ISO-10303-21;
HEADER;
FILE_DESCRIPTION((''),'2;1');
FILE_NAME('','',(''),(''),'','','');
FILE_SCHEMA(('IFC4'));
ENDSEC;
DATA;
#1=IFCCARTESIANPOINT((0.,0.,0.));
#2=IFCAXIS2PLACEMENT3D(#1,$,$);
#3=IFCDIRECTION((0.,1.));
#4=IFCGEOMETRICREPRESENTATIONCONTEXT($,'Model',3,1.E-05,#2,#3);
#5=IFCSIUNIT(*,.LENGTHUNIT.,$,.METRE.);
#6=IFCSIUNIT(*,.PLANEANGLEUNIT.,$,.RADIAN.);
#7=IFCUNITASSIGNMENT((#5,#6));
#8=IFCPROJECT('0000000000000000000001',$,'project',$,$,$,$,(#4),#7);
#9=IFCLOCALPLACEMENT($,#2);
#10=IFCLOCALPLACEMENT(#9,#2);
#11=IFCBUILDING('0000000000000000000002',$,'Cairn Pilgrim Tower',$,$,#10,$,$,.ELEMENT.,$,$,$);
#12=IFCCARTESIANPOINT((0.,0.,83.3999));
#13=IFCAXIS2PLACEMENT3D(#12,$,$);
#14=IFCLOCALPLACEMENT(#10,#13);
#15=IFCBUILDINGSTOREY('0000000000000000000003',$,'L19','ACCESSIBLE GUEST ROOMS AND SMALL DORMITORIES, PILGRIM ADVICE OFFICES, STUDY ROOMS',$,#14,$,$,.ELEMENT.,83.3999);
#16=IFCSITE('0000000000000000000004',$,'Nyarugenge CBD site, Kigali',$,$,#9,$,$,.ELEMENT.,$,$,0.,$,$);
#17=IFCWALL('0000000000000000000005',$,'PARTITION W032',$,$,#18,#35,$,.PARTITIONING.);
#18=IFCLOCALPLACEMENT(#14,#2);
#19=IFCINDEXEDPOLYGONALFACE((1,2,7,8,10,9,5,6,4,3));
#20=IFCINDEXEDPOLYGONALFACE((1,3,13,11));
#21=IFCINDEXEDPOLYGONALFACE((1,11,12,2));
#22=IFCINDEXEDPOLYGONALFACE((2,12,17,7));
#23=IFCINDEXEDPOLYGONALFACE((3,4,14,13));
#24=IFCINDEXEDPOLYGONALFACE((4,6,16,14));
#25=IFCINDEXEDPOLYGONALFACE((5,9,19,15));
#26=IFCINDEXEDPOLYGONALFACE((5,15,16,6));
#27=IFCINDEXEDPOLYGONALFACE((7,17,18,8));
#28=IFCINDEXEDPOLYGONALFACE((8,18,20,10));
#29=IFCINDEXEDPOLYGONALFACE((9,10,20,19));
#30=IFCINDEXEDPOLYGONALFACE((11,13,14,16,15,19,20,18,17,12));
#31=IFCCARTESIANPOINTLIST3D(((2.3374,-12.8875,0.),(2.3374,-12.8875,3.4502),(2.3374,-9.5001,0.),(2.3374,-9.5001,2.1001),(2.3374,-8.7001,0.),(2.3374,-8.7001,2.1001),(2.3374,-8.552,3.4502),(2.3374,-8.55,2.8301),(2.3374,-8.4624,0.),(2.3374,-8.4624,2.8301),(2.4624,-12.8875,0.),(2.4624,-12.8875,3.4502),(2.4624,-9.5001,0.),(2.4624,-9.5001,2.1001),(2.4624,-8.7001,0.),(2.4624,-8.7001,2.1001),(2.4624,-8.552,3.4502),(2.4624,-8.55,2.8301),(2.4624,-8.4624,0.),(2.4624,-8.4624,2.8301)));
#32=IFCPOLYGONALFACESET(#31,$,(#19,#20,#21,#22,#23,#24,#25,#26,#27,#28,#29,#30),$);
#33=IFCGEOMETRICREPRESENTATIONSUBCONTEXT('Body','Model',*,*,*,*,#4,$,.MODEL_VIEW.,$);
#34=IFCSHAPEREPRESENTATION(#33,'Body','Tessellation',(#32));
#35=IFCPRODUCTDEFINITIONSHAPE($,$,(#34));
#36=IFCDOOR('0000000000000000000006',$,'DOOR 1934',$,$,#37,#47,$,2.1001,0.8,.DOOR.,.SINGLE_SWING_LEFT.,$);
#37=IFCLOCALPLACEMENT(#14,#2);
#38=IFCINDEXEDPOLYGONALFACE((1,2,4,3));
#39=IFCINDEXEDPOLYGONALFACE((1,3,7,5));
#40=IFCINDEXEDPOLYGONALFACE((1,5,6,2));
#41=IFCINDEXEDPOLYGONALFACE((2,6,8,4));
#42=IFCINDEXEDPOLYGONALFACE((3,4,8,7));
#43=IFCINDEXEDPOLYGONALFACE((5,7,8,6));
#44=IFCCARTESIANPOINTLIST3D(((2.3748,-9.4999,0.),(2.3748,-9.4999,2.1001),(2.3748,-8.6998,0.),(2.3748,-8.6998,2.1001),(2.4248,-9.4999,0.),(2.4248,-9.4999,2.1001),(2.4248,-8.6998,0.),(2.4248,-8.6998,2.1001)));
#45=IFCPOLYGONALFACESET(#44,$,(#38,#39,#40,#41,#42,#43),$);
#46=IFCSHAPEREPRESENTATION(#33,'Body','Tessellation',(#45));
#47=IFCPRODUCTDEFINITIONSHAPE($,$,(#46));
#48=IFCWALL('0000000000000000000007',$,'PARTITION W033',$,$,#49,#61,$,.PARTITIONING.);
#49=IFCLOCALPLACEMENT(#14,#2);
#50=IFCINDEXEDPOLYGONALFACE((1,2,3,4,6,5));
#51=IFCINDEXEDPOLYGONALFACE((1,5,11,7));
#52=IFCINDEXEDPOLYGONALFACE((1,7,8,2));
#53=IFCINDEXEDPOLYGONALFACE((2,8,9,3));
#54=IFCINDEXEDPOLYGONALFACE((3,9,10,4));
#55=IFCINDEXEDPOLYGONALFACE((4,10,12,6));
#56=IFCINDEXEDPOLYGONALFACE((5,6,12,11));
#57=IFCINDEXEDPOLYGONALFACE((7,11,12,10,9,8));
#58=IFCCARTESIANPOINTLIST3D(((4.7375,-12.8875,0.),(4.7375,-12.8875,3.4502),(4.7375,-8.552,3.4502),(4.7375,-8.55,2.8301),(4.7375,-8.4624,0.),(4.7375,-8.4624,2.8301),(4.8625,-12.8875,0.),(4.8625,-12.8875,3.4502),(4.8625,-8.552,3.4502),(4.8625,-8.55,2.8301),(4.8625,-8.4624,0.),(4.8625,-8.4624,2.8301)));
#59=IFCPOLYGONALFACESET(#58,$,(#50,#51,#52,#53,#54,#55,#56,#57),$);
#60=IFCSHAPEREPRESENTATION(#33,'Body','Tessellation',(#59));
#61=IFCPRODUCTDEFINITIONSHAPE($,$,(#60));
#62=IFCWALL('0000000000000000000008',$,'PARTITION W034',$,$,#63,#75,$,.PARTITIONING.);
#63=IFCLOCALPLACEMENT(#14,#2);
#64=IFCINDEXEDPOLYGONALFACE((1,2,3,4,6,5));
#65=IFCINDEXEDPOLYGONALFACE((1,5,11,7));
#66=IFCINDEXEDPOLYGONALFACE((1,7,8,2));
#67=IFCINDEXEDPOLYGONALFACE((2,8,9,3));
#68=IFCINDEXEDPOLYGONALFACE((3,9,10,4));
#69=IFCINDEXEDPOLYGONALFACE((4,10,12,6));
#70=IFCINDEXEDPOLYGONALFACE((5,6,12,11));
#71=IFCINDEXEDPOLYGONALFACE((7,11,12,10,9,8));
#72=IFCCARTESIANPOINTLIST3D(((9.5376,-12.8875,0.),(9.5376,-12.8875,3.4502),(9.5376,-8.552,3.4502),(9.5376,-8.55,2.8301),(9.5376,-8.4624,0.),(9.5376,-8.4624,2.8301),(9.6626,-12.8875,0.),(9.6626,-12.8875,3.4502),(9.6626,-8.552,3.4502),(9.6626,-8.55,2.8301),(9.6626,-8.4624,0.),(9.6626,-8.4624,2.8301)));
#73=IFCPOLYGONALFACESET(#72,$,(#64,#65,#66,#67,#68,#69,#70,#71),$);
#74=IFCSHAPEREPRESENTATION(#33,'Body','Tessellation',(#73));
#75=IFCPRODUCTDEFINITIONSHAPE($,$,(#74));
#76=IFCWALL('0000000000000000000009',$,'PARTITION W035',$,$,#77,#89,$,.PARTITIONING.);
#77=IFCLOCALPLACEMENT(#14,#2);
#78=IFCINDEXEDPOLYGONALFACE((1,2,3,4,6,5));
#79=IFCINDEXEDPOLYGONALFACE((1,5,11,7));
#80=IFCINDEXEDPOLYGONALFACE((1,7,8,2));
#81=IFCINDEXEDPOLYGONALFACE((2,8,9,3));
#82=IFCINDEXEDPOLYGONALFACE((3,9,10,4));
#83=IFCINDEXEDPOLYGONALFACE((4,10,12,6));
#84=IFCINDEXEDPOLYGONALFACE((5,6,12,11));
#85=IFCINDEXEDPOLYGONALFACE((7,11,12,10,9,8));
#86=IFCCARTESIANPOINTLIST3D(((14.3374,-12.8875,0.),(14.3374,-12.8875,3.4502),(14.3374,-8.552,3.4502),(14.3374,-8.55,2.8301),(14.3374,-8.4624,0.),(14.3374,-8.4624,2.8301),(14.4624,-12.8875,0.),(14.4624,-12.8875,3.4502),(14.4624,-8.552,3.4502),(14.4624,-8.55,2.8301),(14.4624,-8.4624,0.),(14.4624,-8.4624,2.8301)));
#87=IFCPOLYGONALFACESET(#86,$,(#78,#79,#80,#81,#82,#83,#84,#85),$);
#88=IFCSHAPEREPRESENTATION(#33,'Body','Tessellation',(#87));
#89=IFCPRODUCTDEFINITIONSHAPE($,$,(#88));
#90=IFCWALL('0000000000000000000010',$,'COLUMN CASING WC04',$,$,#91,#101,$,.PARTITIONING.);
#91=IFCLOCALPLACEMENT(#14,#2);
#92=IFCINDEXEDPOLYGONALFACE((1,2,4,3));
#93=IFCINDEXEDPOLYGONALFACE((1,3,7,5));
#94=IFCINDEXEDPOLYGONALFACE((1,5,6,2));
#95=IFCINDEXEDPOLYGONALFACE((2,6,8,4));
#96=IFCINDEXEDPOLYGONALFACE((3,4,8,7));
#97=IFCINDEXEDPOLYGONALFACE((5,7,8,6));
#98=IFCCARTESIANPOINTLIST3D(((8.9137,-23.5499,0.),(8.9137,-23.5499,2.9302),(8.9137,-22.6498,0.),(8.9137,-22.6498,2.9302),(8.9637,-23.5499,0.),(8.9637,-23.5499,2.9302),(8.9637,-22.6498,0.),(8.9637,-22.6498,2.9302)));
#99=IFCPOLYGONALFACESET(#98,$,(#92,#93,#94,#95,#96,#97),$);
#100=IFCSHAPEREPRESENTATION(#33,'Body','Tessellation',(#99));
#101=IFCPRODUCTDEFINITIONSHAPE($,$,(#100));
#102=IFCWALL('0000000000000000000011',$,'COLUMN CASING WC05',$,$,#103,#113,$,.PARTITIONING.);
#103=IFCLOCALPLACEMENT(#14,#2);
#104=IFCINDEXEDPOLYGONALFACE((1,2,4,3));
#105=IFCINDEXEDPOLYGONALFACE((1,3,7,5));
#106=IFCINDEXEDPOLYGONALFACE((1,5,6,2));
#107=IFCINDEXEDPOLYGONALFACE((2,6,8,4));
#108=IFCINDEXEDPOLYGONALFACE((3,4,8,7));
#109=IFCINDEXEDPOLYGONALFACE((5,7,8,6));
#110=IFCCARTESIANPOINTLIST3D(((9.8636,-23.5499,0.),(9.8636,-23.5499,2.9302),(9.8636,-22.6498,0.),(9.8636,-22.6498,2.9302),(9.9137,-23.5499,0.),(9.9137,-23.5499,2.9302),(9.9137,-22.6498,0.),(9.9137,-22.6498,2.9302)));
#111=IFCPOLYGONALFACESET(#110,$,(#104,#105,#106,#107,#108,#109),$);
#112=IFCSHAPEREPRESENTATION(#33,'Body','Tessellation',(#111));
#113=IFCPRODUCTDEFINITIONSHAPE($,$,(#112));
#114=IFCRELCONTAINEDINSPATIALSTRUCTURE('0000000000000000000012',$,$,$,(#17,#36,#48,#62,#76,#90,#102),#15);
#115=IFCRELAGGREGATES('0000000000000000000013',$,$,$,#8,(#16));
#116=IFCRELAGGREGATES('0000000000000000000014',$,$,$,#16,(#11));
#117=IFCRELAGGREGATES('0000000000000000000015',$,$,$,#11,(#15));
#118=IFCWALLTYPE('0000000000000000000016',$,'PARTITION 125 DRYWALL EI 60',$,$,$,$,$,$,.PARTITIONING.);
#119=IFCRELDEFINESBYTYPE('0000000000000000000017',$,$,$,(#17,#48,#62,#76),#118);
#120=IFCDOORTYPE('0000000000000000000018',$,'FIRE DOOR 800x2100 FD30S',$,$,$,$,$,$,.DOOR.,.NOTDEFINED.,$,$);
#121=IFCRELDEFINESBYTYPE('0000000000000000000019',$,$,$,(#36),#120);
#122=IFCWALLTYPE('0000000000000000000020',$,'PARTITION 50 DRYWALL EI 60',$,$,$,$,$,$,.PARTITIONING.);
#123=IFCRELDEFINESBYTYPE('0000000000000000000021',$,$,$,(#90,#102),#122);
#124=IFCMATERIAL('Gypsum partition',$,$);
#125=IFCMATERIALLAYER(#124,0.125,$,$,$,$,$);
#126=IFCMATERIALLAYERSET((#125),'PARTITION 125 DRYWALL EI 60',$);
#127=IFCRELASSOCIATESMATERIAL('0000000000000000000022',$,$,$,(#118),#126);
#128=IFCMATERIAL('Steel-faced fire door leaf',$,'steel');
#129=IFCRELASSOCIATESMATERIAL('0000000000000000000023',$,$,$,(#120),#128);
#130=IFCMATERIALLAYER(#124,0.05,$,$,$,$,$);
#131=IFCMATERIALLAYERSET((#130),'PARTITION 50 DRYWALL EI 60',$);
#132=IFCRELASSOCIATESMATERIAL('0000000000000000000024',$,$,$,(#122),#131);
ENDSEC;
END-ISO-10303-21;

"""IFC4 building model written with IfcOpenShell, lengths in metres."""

from ifc_helpers import new_model, si_unit, direction, frame, frame_2d, origin, place, context, subcontext, project, spatial, polyline, rectangle, outline, extrude, material, layer, layer_set, type_object, element, fill, save


model = new_model("IFC4")

# Units and contexts
model_context = context("Model", 3, precision=1e-05, world=origin(), true_north=direction((0.0, 1.0)))
body_context = subcontext(model_context, "Body", "Model", "MODEL_VIEW")
ifc_project = project(units=[si_unit("LENGTHUNIT", "METRE"), si_unit("PLANEANGLEUNIT", "RADIAN")], contexts=[model_context])

# Site, building, storey
site_placement = place(None, origin())
site = spatial("IfcSite", under=ifc_project, at=site_placement, Name="Nyarugenge CBD site, Kigali", CompositionType="ELEMENT", RefElevation=0.0)
building_placement = place(site_placement, origin())
building = spatial("IfcBuilding", under=site, at=building_placement, Name="Cairn Pilgrim Tower", CompositionType="ELEMENT")
storey_placement = place(building_placement, frame((0.0, 0.0, 83.3999)))
storey = spatial("IfcBuildingStorey", under=building, at=storey_placement, Name="L19", Description="ACCESSIBLE GUEST ROOMS AND SMALL DORMITORIES, PILGRIM ADVICE OFFICES, STUDY ROOMS", CompositionType="ELEMENT", Elevation=83.3999)

# Shared definitions
ifc_material_1 = material(Name="Gypsum partition")

# Shared definitions
ifc_layer_1 = layer(ifc_material_1, 0.125)
ifc_layer_set_1 = layer_set([ifc_layer_1], Name="PARTITION 125 DRYWALL EI 60")
wall_type_1 = type_object("IfcWallType", Name="PARTITION 125 DRYWALL EI 60", PredefinedType="PARTITIONING", material=ifc_layer_set_1)

# Wall, opening, door
wall_1_placement = place(storey_placement, frame((2.3999, -12.8875, 0.0), z_axis=(0.0, 0.0, 1.0), x_axis=(0.0, 1.0, 0.0)))
wall_1 = element("IfcWall", 1, at=wall_1_placement, inside=storey, type_object=wall_type_1, Name="PARTITION W032", PredefinedType="PARTITIONING", context=body_context, shape_type="SweptSolid", body=[
    extrude(outline(polyline([(0.0, 0.0), (4.425, 0.0), (4.425, 2.8301), (4.3374, 2.8301), (4.3354, 3.4502), (0.0, 3.4502), (0.0, 0.0)])), frame((0.0, 0.0625, 0.0), z_axis=(0.0, -1.0, 0.0), x_axis=(1.0, 0.0, 0.0)), (0.0, 0.0, 1.0), 0.125),
])
opening_1_placement = place(wall_1_placement, frame((3.3875, 0.0, 0.0)))
opening_1 = element("IfcOpeningElement", 2, at=opening_1_placement, cuts=wall_1, PredefinedType="OPENING", context=body_context, shape_type="SweptSolid", body=[
    extrude(rectangle(XDim=0.8, YDim=2.1001, at=frame_2d((0.3999, 1.05))), frame((0.0, 0.0725, 0.0), z_axis=(0.0, -1.0, 0.0), x_axis=(1.0, 0.0, 0.0)), (0.0, 0.0, 1.0), 0.145),
])
ifc_material_2 = material(Name="Steel-faced fire door leaf", Category="steel")
door_type_1 = type_object("IfcDoorType", Name="FIRE DOOR 800x2100 FD30S", OperationType="NOTDEFINED", PredefinedType="DOOR", material=ifc_material_2)
door_1_placement = place(opening_1_placement, frame((0.8, 0.0, 0.0), z_axis=(0.0, 0.0, 1.0), x_axis=(-1.0, 0.0, 0.0)))
door_1 = element("IfcDoor", 3, at=door_1_placement, inside=storey, type_object=door_type_1, Name="DOOR 1934", OperationType="SINGLE_SWING_LEFT", OverallHeight=2.1001, OverallWidth=0.8, PredefinedType="DOOR", context=body_context, shape_type="SweptSolid", body=[
    extrude(rectangle(XDim=0.8, YDim=2.1001, at=frame_2d((0.3999, 1.05))), frame((0.0, 0.0249, 0.0), z_axis=(0.0, -1.0, 0.0), x_axis=(1.0, 0.0, 0.0)), (0.0, 0.0, 1.0), 0.05),
])
fill(opening_1, door_1)

# Walls
for number, where, z_axis, x_axis, name in (
    (4, (4.8, -12.8875, 0.0), (0.0, 0.0, 1.0), (0.0, 1.0, 0.0), "PARTITION W033"),
    (5, (9.6001, -12.8875, 0.0), (0.0, 0.0, 1.0), (0.0, 1.0, 0.0), "PARTITION W034"),
    (6, (14.3999, -12.8875, 0.0), (0.0, 0.0, 1.0), (0.0, 1.0, 0.0), "PARTITION W035"),
):
    element("IfcWall", number, at=place(storey_placement, frame(where, z_axis=z_axis, x_axis=x_axis)), inside=storey, type_object=wall_type_1, Name=name, PredefinedType="PARTITIONING", context=body_context, shape_type="SweptSolid", body=[
        extrude(outline(polyline([(0.0, 0.0), (4.425, 0.0), (4.425, 2.8301), (4.3374, 2.8301), (4.3354, 3.4502), (0.0, 3.4502), (0.0, 0.0)])), frame((0.0, 0.0625, 0.0), z_axis=(0.0, -1.0, 0.0), x_axis=(1.0, 0.0, 0.0)), (0.0, 0.0, 1.0), 0.125),
    ])
ifc_layer_2 = layer(ifc_material_1, 0.05)
ifc_layer_set_2 = layer_set([ifc_layer_2], Name="PARTITION 50 DRYWALL EI 60")
wall_type_2 = type_object("IfcWallType", Name="PARTITION 50 DRYWALL EI 60", PredefinedType="PARTITIONING", material=ifc_layer_set_2)
for number, where, z_axis, x_axis, name in (
    (7, (8.9387, -23.55, 0.0), (0.0, 0.0, 1.0), (0.0, 1.0, 0.0), "COLUMN CASING WC04"),
    (8, (9.8887, -23.55, 0.0), (0.0, 0.0, 1.0), (0.0, 1.0, 0.0), "COLUMN CASING WC05"),
):
    element("IfcWall", number, at=place(storey_placement, frame(where, z_axis=z_axis, x_axis=x_axis)), inside=storey, type_object=wall_type_2, Name=name, PredefinedType="PARTITIONING", context=body_context, shape_type="SweptSolid", body=[
        extrude(rectangle(XDim=0.9001, YDim=0.05, at=frame_2d((0.4502, 0.0))), origin(), (0.0, 0.0, 1.0), 2.9302),
    ])

save(model, "model.ifc")
